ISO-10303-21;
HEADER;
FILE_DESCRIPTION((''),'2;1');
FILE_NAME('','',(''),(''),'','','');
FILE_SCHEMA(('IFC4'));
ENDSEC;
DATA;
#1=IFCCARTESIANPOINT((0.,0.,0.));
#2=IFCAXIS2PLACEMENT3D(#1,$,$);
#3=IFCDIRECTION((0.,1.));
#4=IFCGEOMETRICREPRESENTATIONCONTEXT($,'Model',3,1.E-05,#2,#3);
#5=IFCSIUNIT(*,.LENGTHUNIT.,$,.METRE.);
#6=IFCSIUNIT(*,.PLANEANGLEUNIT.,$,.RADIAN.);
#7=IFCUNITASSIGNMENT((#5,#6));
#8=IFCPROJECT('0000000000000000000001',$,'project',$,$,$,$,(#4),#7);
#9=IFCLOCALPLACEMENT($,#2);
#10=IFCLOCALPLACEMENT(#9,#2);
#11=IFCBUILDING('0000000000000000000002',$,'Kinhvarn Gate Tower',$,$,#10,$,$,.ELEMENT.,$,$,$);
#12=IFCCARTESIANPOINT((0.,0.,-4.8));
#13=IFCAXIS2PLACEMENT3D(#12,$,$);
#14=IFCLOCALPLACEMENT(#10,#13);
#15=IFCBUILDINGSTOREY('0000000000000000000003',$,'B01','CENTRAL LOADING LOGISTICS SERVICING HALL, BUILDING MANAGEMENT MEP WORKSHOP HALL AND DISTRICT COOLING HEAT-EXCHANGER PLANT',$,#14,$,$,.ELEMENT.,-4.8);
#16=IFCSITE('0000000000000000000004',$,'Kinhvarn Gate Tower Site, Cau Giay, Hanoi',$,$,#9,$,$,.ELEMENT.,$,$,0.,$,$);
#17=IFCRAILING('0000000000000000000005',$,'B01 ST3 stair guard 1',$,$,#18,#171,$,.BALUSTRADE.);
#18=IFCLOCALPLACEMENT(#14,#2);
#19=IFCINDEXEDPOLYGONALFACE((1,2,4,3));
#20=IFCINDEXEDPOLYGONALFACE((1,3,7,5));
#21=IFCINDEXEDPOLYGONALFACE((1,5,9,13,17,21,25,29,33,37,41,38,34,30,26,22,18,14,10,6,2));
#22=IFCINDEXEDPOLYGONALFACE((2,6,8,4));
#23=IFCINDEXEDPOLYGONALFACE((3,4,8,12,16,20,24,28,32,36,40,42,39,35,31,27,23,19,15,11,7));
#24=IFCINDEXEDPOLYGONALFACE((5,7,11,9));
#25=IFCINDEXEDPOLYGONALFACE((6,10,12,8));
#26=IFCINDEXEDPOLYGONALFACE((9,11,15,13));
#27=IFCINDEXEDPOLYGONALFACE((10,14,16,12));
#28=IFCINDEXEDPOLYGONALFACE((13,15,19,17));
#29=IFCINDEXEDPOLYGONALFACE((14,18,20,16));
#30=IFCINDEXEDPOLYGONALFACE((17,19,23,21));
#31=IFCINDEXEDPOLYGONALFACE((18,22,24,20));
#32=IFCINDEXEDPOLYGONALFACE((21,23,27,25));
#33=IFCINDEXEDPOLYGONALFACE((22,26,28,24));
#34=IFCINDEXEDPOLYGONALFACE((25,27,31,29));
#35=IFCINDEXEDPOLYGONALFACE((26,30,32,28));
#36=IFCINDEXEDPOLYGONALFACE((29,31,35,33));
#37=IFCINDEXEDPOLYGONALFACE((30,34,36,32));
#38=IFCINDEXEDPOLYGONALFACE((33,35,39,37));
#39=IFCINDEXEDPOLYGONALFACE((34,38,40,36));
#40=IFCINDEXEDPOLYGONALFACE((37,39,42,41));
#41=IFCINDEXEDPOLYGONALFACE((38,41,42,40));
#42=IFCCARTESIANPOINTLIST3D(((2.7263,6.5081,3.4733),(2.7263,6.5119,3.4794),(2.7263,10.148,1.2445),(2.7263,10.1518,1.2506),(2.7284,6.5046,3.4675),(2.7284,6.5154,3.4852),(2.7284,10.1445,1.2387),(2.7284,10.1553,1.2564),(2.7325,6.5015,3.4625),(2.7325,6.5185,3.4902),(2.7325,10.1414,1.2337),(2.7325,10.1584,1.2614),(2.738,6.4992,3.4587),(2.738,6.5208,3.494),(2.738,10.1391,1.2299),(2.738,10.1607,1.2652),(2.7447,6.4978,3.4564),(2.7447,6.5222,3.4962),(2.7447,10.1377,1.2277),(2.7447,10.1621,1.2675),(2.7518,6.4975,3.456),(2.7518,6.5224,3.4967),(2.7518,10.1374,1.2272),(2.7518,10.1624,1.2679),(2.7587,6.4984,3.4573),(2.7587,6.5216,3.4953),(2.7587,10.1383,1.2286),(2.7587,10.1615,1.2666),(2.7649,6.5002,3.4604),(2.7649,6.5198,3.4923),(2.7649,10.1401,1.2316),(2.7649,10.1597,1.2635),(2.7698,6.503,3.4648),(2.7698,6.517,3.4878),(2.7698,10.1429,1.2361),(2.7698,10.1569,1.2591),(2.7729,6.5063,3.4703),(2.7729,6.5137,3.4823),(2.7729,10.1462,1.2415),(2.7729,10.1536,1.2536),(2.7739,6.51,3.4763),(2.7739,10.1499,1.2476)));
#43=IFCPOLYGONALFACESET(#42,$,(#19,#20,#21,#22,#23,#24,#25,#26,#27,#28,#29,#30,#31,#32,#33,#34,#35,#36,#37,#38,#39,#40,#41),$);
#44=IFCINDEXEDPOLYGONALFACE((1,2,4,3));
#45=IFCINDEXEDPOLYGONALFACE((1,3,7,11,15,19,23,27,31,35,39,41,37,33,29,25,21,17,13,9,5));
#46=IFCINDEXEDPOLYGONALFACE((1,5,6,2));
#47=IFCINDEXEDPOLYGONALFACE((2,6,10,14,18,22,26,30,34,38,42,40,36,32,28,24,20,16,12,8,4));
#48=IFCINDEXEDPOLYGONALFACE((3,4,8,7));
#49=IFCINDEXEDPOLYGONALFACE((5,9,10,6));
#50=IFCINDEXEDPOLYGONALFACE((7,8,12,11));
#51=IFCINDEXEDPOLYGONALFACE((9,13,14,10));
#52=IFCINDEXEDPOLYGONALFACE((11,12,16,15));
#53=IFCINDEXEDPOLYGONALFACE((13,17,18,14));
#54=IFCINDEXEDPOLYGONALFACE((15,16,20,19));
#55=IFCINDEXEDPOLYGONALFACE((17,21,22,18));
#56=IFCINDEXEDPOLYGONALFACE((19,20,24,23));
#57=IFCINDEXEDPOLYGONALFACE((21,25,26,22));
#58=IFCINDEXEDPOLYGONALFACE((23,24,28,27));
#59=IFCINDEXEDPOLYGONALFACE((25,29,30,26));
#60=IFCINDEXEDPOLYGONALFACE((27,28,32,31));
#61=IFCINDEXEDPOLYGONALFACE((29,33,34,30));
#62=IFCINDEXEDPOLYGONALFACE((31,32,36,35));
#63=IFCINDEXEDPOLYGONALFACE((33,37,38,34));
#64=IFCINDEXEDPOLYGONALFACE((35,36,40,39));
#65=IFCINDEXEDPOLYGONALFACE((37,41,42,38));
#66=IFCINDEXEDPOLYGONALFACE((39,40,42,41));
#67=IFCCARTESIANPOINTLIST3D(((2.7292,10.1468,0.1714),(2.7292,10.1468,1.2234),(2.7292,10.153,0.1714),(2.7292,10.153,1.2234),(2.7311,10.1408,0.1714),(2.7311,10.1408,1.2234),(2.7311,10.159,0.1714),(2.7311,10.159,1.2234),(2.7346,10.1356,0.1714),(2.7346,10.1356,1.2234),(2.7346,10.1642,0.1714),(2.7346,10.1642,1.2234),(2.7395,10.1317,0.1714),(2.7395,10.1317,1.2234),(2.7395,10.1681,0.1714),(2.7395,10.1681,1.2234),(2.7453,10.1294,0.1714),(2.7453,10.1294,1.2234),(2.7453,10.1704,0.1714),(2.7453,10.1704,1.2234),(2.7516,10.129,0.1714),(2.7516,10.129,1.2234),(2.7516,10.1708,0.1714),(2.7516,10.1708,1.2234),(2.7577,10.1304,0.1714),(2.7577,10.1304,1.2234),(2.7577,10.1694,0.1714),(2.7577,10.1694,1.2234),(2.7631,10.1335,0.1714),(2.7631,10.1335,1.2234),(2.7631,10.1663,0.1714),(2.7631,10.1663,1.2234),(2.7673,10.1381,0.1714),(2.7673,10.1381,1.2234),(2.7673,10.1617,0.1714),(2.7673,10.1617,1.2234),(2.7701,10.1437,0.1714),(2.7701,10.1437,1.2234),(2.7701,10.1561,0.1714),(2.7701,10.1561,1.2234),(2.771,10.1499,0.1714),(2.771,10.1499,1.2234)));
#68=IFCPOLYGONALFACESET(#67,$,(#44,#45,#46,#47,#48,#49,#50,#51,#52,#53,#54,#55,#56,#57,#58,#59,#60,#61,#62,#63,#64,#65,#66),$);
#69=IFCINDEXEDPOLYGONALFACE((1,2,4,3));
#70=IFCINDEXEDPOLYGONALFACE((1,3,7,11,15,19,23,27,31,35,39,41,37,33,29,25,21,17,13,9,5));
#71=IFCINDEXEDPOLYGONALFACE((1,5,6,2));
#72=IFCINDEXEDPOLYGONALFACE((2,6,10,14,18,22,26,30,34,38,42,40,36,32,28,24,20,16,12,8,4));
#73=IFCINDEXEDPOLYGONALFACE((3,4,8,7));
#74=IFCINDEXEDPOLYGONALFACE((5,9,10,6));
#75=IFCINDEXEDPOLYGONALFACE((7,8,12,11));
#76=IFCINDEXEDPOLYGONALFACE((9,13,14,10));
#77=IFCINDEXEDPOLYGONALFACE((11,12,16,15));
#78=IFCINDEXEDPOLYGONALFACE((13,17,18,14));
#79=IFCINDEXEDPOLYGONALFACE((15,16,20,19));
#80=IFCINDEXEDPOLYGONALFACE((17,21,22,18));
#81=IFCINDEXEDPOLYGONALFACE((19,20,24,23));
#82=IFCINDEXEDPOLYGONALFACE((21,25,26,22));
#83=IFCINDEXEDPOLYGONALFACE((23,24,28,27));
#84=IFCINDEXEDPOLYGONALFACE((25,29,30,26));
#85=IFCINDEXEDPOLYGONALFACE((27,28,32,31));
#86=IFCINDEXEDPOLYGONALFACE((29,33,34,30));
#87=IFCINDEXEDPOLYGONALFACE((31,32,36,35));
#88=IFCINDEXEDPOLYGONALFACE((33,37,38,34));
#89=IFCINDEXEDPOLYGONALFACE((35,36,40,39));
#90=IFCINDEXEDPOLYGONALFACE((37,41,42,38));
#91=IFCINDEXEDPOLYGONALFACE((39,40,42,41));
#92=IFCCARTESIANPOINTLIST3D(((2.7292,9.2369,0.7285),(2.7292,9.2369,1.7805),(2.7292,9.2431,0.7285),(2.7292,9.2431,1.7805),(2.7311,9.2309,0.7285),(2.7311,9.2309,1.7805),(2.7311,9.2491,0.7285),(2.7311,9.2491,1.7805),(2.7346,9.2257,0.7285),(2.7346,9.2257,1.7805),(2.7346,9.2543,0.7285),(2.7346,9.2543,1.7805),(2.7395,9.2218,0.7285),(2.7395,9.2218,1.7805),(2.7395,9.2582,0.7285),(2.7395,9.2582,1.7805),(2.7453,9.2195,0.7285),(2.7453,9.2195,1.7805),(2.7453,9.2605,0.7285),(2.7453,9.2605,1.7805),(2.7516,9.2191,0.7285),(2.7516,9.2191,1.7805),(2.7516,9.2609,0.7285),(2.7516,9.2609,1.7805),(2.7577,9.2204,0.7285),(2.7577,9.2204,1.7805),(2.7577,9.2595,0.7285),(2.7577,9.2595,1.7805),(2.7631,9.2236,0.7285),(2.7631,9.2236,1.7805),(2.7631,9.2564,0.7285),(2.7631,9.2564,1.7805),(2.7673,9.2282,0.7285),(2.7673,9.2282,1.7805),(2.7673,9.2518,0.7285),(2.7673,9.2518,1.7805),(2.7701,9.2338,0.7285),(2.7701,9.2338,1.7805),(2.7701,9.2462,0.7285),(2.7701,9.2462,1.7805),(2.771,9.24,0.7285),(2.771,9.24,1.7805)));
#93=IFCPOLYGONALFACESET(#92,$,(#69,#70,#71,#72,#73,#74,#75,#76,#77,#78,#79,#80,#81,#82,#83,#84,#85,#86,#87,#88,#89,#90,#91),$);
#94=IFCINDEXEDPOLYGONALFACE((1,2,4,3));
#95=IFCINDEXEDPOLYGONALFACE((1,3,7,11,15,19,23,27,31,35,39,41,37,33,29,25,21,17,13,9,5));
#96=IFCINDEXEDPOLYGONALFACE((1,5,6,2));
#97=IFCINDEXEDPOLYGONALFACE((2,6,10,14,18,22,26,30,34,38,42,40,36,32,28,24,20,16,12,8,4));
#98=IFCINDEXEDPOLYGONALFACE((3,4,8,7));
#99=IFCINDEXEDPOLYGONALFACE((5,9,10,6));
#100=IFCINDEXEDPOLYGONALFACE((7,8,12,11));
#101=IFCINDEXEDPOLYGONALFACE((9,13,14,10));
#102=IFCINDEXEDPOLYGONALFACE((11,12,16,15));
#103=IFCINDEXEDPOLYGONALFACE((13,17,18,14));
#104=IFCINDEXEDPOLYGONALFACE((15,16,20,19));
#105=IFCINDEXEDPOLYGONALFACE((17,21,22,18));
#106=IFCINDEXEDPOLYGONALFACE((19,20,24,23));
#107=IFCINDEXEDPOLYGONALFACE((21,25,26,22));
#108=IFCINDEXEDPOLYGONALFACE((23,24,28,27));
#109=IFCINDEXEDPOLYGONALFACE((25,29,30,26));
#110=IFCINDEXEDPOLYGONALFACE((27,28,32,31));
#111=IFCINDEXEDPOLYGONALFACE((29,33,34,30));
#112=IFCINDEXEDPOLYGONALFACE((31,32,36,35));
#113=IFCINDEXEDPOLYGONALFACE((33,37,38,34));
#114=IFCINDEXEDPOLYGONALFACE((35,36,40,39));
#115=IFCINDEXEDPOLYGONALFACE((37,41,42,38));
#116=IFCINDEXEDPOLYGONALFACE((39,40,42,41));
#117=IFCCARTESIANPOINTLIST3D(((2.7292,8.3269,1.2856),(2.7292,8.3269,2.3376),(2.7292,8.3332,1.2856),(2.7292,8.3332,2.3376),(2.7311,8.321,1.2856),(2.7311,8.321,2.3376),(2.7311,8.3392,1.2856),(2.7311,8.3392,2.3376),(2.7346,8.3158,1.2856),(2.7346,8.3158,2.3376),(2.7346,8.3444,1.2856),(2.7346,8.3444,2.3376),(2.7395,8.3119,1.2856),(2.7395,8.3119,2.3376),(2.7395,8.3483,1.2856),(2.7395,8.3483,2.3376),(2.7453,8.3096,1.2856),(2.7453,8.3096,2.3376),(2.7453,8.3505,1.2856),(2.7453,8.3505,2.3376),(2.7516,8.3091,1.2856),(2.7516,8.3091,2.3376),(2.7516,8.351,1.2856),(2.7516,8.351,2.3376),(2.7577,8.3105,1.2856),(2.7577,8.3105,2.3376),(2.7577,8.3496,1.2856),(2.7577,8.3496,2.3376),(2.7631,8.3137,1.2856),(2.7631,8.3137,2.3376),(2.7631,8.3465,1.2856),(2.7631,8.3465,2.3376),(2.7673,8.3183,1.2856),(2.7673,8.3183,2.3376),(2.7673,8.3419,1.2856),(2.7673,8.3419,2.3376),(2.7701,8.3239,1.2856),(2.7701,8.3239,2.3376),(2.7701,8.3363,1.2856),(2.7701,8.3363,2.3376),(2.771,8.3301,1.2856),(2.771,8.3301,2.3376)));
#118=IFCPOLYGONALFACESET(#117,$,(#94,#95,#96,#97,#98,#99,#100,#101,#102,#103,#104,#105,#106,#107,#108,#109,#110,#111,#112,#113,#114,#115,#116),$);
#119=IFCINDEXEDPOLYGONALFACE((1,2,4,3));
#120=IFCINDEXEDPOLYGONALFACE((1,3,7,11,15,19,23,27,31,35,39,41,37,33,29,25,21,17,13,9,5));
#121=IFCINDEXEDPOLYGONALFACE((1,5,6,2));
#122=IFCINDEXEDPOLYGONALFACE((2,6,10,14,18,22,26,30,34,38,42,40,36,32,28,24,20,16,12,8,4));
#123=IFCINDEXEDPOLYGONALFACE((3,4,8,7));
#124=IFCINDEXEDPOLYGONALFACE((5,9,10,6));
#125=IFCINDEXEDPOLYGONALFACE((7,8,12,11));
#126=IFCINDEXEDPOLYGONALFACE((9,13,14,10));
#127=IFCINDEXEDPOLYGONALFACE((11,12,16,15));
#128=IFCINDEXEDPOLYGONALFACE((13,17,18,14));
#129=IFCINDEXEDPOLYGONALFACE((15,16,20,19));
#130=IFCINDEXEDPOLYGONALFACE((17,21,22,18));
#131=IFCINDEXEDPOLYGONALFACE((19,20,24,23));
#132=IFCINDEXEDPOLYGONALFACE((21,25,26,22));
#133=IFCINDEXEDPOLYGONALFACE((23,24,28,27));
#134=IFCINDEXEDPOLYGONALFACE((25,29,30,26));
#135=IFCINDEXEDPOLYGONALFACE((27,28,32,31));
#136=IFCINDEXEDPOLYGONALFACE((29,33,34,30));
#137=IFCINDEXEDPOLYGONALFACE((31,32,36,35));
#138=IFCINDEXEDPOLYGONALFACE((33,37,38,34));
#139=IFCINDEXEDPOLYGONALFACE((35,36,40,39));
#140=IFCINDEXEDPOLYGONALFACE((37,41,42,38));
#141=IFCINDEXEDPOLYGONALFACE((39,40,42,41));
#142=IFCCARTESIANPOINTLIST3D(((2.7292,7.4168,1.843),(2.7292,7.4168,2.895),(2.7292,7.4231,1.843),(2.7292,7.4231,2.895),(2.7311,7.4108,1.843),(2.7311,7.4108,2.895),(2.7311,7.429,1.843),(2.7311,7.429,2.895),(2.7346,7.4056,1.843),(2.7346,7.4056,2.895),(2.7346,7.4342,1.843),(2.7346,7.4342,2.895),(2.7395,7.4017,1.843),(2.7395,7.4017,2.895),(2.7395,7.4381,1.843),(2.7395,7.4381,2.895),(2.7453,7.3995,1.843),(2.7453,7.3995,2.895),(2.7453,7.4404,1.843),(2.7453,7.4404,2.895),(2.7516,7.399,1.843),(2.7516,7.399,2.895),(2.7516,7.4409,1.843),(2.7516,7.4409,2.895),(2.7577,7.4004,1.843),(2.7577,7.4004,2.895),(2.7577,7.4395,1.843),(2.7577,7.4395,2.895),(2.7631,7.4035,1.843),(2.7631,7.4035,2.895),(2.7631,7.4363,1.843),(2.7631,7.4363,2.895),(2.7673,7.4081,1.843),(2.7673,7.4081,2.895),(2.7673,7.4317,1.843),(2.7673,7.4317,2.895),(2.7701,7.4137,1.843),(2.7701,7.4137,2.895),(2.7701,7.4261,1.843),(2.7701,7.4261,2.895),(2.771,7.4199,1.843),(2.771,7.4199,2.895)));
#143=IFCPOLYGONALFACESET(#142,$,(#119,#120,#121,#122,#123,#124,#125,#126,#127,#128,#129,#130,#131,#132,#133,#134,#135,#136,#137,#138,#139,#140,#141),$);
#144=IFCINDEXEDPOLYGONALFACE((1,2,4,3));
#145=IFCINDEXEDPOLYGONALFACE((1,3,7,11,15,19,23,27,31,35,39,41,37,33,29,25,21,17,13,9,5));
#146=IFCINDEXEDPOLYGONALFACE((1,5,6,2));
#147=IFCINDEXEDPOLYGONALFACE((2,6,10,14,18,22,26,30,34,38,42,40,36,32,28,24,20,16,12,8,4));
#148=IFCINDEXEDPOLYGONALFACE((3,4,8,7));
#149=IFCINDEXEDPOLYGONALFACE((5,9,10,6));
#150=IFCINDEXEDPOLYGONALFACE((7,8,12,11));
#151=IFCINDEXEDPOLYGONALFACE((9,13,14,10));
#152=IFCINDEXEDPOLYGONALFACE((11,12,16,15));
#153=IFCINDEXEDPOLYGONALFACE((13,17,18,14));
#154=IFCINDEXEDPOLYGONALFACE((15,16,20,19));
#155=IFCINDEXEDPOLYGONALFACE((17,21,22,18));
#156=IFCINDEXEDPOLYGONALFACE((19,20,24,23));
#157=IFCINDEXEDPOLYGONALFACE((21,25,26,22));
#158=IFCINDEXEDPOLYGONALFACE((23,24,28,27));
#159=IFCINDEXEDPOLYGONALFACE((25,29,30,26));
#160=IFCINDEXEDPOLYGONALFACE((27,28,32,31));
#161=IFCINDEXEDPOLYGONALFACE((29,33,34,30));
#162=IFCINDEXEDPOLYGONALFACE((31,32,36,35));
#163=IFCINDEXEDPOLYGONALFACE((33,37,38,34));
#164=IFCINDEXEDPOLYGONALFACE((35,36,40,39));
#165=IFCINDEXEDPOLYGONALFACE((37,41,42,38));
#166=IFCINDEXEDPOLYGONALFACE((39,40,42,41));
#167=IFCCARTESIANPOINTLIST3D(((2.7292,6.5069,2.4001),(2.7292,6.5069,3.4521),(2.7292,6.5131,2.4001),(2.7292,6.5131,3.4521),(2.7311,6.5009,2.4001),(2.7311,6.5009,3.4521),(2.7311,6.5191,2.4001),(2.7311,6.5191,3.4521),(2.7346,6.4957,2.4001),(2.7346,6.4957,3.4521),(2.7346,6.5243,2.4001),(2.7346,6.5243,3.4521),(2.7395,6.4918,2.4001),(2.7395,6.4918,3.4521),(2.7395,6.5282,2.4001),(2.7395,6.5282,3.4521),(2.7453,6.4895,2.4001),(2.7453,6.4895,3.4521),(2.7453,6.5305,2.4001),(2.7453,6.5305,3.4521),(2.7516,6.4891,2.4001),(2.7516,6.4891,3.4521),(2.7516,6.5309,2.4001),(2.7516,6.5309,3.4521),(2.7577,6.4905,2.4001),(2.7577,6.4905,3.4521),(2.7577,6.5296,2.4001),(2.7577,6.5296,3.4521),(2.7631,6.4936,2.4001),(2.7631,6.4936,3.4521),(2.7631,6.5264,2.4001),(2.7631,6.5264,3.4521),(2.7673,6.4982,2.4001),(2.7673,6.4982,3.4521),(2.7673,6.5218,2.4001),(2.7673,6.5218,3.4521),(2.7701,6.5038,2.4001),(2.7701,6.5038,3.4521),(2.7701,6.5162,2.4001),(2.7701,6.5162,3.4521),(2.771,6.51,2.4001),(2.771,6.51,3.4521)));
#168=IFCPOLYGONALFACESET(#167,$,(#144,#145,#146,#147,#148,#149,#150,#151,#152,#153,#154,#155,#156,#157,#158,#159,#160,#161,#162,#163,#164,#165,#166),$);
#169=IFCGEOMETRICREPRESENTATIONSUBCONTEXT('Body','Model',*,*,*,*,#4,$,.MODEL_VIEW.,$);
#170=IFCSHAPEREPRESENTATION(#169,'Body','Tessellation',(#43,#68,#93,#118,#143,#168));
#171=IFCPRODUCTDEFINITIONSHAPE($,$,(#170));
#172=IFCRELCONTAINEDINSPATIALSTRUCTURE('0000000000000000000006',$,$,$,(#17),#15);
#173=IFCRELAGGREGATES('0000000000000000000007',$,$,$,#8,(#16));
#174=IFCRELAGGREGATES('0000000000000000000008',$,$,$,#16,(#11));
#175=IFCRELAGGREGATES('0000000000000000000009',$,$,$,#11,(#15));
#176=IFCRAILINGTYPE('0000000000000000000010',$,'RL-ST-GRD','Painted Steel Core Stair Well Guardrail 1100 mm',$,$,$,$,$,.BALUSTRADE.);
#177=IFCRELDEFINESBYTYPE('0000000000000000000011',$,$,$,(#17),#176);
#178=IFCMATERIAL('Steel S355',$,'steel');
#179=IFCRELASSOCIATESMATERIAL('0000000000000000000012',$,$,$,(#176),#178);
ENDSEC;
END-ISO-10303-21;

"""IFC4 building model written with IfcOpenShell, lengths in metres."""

from ifc_helpers import new_model, si_unit, direction, frame, origin, origin_2d, place, context, subcontext, project, spatial, circle, extrude, material, type_object, element, save


model = new_model("IFC4")

# Units and contexts
model_context = context("Model", 3, precision=1e-05, world=origin(), true_north=direction((0.0, 1.0)))
body_context = subcontext(model_context, "Body", "Model", "MODEL_VIEW")
ifc_project = project(units=[si_unit("LENGTHUNIT", "METRE"), si_unit("PLANEANGLEUNIT", "RADIAN")], contexts=[model_context])

# Site, building, storey
site_placement = place(None, origin())
site = spatial("IfcSite", under=ifc_project, at=site_placement, Name="Kinhvarn Gate Tower Site, Cau Giay, Hanoi", CompositionType="ELEMENT", RefElevation=0.0)
building_placement = place(site_placement, origin())
building = spatial("IfcBuilding", under=site, at=building_placement, Name="Kinhvarn Gate Tower", CompositionType="ELEMENT")
storey_placement = place(building_placement, frame((0.0, 0.0, -4.8)))
storey = spatial("IfcBuildingStorey", under=building, at=storey_placement, Name="B01", Description="CENTRAL LOADING LOGISTICS SERVICING HALL, BUILDING MANAGEMENT MEP WORKSHOP HALL AND DISTRICT COOLING HEAT-EXCHANGER PLANT", CompositionType="ELEMENT", Elevation=-4.8)

# Shared definitions
ifc_material_1 = material(Name="Steel S355", Category="steel")

# Railing
railing_type_1 = type_object("IfcRailingType", Name="RL-ST-GRD", Description="Painted Steel Core Stair Well Guardrail 1100 mm", PredefinedType="BALUSTRADE", material=ifc_material_1)
railing_1_placement = place(storey_placement, frame((2.75, 10.1499, 0.1714)))
element("IfcRailing", 1, at=railing_1_placement, inside=storey, type_object=railing_type_1, Name="B01 ST3 stair guard 1", PredefinedType="BALUSTRADE", context=body_context, shape_type="SweptSolid", body=[
    extrude(circle(Radius=0.0239, at=origin_2d()), frame((0.0, 0.0, 1.0762), z_axis=(0.0, -0.852825, 0.522197), x_axis=(1.0, 0.0, 0.0)), (0.0, 0.0, 1.0), 4.2681),
    extrude(circle(Radius=0.021, at=origin_2d()), origin(), (0.0, 0.0, 1.0), 1.052),
    extrude(circle(Radius=0.021, at=origin_2d()), frame((0.0, -0.9099, 0.5571)), (0.0, 0.0, 1.0), 1.052),
    extrude(circle(Radius=0.021, at=origin_2d()), frame((0.0, -1.8198, 1.1143)), (0.0, 0.0, 1.0), 1.052),
    extrude(circle(Radius=0.021, at=origin_2d()), frame((0.0, -2.73, 1.6716)), (0.0, 0.0, 1.0), 1.052),
    extrude(circle(Radius=0.021, at=origin_2d()), frame((0.0, -3.6399, 2.2288)), (0.0, 0.0, 1.0), 1.052),
])

save(model, "model.ifc")
